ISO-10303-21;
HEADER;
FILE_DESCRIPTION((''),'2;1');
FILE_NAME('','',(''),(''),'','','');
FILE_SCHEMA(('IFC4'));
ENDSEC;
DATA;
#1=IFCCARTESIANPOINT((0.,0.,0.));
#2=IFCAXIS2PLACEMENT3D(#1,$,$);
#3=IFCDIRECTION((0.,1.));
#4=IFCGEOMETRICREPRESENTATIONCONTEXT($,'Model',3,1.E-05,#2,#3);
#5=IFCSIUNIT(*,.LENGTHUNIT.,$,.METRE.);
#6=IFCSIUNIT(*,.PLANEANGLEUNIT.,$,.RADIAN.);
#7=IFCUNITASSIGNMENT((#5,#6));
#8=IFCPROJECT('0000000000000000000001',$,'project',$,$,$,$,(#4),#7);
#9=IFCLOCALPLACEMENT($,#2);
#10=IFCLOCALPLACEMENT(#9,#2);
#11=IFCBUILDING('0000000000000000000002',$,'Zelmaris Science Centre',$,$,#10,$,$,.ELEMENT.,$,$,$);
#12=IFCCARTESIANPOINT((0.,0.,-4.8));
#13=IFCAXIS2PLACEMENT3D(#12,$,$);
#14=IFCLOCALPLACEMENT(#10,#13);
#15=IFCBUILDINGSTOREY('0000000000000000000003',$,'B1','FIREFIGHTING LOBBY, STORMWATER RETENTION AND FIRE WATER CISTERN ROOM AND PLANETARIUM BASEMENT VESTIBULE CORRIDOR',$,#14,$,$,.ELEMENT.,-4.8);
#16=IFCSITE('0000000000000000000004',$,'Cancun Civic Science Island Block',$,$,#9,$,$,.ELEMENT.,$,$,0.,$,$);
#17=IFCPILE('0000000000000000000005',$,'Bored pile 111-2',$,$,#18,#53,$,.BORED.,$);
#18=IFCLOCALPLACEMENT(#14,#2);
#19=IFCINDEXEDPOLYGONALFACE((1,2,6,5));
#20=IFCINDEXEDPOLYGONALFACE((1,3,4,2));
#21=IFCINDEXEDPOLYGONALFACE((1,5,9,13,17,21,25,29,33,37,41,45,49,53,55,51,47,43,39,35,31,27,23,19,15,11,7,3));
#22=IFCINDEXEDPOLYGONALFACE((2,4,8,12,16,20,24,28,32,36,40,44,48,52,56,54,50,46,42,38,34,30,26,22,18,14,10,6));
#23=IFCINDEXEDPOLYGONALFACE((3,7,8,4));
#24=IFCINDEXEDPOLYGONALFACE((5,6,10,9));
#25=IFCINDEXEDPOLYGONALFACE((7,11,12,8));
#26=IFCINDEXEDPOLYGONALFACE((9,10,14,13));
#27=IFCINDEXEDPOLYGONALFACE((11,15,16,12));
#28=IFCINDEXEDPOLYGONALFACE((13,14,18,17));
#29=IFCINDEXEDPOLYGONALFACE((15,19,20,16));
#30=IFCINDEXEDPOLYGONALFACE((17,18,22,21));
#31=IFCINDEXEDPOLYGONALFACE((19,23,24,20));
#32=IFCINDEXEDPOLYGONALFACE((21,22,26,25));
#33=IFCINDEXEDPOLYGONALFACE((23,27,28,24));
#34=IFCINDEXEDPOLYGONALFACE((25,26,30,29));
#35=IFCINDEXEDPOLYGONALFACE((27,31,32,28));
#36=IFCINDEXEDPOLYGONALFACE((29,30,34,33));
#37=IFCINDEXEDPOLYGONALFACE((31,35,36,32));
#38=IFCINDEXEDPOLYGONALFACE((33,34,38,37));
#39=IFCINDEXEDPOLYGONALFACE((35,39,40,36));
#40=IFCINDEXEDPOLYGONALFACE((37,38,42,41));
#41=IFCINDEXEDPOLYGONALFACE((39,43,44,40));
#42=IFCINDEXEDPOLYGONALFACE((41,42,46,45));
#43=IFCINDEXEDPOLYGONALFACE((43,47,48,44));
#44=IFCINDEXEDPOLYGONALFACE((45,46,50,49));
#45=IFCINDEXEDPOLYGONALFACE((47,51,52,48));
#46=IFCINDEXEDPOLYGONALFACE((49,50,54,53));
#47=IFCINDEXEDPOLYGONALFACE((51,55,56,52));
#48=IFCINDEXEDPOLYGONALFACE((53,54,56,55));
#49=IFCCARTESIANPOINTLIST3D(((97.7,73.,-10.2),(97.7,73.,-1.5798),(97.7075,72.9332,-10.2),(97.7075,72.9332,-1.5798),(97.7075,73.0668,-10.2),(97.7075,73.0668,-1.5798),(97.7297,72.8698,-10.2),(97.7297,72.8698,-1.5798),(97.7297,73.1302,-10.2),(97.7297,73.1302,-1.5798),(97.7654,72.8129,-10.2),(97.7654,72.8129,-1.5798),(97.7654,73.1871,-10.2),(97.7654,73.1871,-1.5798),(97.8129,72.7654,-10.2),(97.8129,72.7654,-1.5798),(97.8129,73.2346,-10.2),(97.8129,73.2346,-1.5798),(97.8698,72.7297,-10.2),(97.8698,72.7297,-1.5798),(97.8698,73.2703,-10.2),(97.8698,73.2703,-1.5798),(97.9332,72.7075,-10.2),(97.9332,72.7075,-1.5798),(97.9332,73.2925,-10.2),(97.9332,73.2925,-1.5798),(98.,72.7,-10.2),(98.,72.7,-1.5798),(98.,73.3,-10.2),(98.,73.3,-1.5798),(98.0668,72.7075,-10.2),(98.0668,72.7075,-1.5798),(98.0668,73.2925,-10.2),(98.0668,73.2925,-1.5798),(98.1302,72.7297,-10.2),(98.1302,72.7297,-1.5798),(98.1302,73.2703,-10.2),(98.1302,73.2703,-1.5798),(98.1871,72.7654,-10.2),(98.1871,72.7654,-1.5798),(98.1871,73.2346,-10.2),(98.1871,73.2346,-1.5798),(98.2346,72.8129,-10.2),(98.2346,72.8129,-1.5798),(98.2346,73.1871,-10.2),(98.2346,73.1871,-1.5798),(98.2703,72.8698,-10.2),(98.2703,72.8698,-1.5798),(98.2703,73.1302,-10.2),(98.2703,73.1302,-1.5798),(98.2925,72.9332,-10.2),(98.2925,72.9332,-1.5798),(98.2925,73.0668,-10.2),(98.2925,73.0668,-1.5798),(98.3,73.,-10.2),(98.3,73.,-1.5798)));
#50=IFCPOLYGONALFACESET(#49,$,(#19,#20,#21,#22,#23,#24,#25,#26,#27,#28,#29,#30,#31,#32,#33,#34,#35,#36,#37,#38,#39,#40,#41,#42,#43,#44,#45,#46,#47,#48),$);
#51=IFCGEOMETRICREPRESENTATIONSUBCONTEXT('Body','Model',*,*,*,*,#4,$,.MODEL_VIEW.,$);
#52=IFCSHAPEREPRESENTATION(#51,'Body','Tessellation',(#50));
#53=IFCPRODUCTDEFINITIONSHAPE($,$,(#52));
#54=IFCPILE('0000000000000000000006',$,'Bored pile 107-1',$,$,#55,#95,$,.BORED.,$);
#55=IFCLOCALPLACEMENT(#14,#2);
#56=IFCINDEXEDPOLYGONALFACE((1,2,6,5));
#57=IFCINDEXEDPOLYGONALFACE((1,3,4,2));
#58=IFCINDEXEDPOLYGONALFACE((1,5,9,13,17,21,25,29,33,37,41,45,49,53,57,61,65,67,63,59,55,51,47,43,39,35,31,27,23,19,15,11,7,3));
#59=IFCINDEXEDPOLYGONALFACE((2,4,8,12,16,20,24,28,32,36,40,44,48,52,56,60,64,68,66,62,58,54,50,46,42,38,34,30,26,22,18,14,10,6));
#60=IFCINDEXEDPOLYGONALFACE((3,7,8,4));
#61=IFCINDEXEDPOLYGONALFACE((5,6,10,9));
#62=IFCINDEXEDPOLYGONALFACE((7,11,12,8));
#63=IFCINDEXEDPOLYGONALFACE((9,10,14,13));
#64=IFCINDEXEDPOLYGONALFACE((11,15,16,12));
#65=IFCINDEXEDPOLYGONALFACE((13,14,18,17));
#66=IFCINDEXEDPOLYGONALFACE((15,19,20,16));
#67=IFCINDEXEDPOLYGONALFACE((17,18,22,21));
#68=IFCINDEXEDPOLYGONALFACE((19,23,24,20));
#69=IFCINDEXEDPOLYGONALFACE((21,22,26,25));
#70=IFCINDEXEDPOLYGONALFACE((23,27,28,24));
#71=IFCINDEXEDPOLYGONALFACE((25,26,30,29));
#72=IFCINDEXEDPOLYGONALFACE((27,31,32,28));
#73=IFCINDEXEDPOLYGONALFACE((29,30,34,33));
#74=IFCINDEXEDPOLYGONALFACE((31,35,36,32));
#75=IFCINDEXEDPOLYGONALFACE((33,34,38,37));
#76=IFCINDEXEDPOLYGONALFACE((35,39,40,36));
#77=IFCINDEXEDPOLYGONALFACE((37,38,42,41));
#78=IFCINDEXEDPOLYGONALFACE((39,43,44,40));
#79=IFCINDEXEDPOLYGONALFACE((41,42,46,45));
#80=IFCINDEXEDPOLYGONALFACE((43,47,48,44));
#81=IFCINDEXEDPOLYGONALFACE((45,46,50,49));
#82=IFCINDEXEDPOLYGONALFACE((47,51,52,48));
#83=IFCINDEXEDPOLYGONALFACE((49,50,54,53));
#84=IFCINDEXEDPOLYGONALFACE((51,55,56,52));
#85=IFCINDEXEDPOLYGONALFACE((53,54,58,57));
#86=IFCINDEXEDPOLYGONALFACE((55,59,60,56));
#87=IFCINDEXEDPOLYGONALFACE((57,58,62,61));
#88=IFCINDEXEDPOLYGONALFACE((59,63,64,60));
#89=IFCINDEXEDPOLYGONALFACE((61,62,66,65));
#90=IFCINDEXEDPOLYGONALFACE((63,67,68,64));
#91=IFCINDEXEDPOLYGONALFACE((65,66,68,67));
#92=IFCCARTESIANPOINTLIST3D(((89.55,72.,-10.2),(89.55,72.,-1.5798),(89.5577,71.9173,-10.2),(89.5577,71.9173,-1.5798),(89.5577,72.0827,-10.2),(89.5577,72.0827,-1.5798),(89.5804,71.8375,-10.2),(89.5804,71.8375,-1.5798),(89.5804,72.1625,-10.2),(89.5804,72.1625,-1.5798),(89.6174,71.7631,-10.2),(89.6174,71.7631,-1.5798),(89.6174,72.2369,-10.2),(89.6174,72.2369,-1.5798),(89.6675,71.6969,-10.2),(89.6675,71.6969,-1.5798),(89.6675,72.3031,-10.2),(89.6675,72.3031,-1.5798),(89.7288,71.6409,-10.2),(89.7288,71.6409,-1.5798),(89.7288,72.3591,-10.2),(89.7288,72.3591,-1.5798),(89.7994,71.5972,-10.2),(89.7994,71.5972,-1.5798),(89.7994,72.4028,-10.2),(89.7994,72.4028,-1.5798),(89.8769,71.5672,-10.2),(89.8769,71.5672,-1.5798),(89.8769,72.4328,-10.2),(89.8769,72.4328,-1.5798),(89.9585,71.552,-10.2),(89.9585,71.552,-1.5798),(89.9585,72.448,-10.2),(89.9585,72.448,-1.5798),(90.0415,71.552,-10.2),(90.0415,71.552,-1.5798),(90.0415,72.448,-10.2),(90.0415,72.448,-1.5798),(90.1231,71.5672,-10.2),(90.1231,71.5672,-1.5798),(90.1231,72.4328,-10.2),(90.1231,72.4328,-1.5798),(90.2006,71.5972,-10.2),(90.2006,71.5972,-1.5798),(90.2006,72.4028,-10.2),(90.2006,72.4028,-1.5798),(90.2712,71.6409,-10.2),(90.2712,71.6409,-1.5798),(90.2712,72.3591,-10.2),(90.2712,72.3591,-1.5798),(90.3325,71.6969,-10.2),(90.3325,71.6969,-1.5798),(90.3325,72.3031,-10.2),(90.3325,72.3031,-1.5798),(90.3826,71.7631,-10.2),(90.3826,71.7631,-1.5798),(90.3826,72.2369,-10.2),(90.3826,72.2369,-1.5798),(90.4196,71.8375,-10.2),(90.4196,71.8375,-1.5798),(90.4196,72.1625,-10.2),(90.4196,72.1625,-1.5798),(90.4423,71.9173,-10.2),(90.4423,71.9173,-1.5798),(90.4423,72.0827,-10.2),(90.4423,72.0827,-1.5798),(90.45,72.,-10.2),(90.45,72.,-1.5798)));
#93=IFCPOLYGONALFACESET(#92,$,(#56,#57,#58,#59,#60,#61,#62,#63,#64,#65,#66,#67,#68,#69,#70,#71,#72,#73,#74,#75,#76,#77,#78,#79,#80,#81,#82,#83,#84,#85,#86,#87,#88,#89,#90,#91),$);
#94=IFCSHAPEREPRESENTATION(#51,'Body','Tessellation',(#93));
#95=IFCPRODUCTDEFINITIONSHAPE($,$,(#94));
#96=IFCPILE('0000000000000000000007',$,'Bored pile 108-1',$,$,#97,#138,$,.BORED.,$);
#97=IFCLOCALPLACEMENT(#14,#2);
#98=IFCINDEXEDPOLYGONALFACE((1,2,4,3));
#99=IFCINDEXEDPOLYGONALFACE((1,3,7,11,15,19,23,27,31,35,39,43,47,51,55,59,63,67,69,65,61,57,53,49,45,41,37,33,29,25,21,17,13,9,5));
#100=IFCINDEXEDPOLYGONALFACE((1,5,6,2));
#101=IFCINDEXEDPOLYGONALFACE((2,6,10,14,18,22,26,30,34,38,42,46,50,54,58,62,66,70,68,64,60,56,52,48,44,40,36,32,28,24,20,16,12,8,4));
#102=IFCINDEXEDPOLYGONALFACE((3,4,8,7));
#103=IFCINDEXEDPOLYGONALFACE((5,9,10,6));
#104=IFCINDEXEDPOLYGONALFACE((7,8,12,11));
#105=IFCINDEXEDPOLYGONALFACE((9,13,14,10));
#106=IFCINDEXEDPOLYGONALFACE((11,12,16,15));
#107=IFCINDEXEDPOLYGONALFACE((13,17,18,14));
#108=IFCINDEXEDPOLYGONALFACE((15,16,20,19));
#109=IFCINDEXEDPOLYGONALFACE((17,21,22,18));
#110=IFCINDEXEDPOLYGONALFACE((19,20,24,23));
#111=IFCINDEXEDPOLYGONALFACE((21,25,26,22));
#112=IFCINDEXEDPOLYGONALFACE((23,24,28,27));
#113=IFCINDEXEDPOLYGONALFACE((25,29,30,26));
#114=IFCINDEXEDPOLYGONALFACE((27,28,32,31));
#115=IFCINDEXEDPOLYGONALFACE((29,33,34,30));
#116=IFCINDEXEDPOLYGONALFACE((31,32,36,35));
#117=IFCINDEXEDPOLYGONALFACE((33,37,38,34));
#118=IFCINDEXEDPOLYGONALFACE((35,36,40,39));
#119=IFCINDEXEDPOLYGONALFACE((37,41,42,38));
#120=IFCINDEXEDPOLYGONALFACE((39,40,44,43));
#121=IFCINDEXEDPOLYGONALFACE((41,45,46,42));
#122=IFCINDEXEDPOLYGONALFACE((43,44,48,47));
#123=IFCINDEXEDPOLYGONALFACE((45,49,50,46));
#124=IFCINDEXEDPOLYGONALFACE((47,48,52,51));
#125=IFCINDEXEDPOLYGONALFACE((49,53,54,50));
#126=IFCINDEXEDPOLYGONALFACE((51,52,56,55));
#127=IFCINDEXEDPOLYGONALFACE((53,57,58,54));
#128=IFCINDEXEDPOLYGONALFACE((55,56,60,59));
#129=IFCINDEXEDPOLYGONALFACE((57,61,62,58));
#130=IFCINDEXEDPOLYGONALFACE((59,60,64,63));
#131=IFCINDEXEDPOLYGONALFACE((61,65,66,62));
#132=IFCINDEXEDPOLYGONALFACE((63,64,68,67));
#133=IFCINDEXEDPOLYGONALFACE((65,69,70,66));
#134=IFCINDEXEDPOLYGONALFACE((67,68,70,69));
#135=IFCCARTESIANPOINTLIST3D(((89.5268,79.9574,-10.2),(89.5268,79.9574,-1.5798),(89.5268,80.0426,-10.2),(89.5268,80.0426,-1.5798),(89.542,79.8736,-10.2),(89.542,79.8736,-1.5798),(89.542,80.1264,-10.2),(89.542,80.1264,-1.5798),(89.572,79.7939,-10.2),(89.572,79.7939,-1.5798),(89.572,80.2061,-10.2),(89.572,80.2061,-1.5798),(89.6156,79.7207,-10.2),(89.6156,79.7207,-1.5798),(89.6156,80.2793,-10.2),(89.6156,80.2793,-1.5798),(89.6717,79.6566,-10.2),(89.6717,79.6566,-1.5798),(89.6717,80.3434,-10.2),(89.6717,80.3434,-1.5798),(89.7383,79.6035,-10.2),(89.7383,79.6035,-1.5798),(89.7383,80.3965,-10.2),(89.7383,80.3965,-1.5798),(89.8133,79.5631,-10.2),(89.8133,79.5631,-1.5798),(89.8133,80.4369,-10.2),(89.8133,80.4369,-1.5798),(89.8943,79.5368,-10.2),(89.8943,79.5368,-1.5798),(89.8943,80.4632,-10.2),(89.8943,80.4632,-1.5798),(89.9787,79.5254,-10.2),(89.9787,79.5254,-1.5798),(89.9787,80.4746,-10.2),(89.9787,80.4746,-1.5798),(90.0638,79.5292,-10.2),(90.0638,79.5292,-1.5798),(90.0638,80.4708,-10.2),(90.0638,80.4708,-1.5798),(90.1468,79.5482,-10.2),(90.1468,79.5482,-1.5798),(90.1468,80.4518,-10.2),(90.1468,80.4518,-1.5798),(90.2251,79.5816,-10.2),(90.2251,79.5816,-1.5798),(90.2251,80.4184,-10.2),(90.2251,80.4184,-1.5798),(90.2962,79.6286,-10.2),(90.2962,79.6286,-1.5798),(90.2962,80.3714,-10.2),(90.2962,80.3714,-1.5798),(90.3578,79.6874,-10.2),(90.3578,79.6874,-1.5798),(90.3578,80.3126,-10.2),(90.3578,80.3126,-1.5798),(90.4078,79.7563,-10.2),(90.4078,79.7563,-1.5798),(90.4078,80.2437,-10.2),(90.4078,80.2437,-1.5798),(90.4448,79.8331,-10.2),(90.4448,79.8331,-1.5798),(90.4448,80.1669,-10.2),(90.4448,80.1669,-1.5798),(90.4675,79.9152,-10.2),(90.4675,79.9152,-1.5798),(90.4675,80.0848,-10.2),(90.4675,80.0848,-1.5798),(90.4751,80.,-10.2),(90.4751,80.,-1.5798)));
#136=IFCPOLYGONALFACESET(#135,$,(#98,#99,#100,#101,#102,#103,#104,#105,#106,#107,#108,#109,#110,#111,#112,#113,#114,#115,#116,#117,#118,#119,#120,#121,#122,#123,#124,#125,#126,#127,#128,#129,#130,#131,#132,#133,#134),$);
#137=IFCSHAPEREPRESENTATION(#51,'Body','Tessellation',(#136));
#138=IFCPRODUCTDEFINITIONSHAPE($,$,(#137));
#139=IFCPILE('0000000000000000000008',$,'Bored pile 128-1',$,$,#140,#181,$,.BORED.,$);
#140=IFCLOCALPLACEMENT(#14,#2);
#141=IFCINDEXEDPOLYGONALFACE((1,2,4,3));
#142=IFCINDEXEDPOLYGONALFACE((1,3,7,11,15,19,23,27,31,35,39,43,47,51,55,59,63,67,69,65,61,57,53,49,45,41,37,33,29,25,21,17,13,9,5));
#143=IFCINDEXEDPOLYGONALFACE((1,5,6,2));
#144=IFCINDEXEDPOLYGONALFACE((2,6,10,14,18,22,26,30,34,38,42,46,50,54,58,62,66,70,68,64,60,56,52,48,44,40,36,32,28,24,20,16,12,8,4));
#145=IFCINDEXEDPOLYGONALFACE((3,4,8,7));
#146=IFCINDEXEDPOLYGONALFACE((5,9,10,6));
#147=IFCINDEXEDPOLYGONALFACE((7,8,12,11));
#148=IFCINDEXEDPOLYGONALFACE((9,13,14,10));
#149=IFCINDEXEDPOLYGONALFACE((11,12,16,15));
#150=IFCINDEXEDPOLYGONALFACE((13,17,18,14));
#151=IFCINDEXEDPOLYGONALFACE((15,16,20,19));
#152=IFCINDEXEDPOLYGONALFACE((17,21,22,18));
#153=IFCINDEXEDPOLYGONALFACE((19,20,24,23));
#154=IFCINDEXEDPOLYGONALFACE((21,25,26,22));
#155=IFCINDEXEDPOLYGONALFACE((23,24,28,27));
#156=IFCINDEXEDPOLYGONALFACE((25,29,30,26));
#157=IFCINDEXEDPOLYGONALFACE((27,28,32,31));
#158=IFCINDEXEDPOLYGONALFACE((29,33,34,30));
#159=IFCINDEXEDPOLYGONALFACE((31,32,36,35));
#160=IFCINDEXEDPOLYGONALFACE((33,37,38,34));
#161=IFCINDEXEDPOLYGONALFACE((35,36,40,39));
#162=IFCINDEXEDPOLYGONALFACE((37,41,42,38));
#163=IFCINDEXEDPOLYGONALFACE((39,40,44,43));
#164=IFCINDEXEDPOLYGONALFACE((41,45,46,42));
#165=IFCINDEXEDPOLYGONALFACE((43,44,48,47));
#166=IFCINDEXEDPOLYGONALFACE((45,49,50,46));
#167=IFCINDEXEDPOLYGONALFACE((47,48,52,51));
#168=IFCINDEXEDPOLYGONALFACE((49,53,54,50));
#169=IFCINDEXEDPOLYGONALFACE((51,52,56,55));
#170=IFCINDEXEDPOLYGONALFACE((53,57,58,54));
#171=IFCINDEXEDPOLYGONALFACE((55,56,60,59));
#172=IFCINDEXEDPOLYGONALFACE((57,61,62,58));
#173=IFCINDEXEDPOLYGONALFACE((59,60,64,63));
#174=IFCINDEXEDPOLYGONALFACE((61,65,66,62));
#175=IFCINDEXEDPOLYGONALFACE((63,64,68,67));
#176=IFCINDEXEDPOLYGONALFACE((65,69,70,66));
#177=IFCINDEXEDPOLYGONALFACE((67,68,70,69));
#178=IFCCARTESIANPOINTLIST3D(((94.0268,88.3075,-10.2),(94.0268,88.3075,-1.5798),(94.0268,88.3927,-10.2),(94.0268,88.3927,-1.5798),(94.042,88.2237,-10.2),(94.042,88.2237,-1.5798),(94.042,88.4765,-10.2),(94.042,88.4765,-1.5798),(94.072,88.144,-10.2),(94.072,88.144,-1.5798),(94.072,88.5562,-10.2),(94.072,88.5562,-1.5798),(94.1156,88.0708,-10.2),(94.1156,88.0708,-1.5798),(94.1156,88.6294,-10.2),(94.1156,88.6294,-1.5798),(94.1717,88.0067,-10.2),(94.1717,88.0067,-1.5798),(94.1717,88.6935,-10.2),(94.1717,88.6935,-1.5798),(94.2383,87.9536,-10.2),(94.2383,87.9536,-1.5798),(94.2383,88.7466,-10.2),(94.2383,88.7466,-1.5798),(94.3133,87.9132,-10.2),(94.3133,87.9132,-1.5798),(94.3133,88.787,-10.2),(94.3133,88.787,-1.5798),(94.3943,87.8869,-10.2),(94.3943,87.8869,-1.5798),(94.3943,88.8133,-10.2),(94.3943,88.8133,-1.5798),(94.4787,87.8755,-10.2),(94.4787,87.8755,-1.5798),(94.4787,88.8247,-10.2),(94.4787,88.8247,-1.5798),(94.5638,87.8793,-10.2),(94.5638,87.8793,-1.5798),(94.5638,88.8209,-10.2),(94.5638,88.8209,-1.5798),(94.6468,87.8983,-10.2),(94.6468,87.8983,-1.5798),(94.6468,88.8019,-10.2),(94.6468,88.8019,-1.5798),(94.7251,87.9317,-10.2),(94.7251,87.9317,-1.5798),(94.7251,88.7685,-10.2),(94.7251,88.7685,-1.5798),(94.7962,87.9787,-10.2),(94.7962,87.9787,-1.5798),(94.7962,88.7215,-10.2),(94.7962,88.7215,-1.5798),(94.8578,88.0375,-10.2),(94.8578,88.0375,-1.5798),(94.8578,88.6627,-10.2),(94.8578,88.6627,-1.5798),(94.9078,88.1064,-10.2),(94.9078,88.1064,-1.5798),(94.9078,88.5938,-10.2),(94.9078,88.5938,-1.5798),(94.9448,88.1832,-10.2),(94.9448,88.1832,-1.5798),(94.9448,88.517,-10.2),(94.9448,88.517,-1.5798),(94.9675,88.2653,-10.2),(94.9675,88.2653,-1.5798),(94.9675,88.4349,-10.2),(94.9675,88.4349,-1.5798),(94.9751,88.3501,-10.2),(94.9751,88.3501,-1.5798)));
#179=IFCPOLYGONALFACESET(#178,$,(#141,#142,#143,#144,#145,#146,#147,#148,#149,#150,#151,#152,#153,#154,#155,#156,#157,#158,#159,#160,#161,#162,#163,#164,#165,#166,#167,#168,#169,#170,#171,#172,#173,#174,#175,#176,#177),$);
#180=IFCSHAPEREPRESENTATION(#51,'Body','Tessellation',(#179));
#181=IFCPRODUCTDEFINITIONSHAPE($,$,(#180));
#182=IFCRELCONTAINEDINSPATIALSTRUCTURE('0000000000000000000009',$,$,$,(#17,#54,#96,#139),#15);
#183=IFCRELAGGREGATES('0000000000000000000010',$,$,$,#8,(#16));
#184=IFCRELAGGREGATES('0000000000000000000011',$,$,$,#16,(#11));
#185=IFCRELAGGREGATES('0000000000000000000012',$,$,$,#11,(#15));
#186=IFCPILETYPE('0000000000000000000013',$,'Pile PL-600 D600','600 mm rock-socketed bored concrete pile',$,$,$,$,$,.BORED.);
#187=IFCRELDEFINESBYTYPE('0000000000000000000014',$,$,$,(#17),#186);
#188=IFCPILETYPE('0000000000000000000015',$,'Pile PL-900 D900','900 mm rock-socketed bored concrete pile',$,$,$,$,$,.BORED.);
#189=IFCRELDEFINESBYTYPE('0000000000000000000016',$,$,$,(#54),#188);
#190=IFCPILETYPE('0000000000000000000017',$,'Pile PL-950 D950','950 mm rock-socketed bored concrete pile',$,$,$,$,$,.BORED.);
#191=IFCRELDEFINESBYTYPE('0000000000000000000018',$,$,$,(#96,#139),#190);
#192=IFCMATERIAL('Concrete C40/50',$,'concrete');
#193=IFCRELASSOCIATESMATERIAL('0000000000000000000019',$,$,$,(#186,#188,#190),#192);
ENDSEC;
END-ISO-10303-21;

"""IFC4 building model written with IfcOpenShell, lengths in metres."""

from ifc_helpers import new_model, si_unit, direction, frame, origin, origin_2d, place, context, subcontext, project, spatial, circle, extrude, material, material_profile, profile_set, type_object, element, save


model = new_model("IFC4")

# Units and contexts
model_context = context("Model", 3, precision=1e-05, world=origin(), true_north=direction((0.0, 1.0)))
body_context = subcontext(model_context, "Body", "Model", "MODEL_VIEW")
ifc_project = project(units=[si_unit("LENGTHUNIT", "METRE"), si_unit("PLANEANGLEUNIT", "RADIAN")], contexts=[model_context])

# Site, building, storey
site_placement = place(None, origin())
site = spatial("IfcSite", under=ifc_project, at=site_placement, Name="Cancun Civic Science Island Block", CompositionType="ELEMENT", RefElevation=0.0)
building_placement = place(site_placement, origin())
building = spatial("IfcBuilding", under=site, at=building_placement, Name="Zelmaris Science Centre", CompositionType="ELEMENT")
storey_placement = place(building_placement, frame((0.0, 0.0, -4.8)))
storey = spatial("IfcBuildingStorey", under=building, at=storey_placement, Name="B1", Description="FIREFIGHTING LOBBY, STORMWATER RETENTION AND FIRE WATER CISTERN ROOM AND PLANETARIUM BASEMENT VESTIBULE CORRIDOR", CompositionType="ELEMENT", Elevation=-4.8)

# Shared definitions
ifc_material_1 = material(Name="Concrete C40/50", Category="concrete")

# Piles
ifc_material_profile_1 = material_profile(ifc_material_1, circle(Radius=0.3, at=origin_2d()), Name="PILE-600")
ifc_profile_set_1 = profile_set([ifc_material_profile_1], Name="Concrete C40/50")
pile_type_1 = type_object("IfcPileType", Name="Pile PL-600 D600", Description="600 mm rock-socketed bored concrete pile", PredefinedType="BORED", material=ifc_profile_set_1)
for number, where, z_axis, x_axis, name in (
    (1, (98.0, 73.0, -1.5798), (0.0, 0.0, -1.0), (1.0, 0.0, 0.0), "Bored pile 111-2"),
):
    element("IfcPile", number, at=place(storey_placement, frame(where, z_axis=z_axis, x_axis=x_axis)), inside=storey, type_object=pile_type_1, Name=name, PredefinedType="BORED", context=body_context, shape_type="SweptSolid", body=[
        extrude(circle(Radius=0.3, at=origin_2d()), origin(), (0.0, 0.0, 1.0), 8.6201),
    ])
ifc_material_profile_2 = material_profile(ifc_material_1, circle(Radius=0.45, at=origin_2d()), Name="PILE-900")
ifc_profile_set_2 = profile_set([ifc_material_profile_2], Name="Concrete C40/50")
pile_type_2 = type_object("IfcPileType", Name="Pile PL-900 D900", Description="900 mm rock-socketed bored concrete pile", PredefinedType="BORED", material=ifc_profile_set_2)
pile_1_placement = place(storey_placement, frame((90.0, 72.0, -1.5798), z_axis=(0.0, 0.0, -1.0), x_axis=(1.0, 0.0, 0.0)))
element("IfcPile", 2, at=pile_1_placement, inside=storey, type_object=pile_type_2, Name="Bored pile 107-1", PredefinedType="BORED", context=body_context, shape_type="SweptSolid", body=[
    extrude(circle(Radius=0.45, at=origin_2d()), origin(), (0.0, 0.0, 1.0), 8.6201),
])
ifc_material_profile_3 = material_profile(ifc_material_1, circle(Radius=0.4751, at=origin_2d()), Name="PILE-950")
ifc_profile_set_3 = profile_set([ifc_material_profile_3], Name="Concrete C40/50")
pile_type_3 = type_object("IfcPileType", Name="Pile PL-950 D950", Description="950 mm rock-socketed bored concrete pile", PredefinedType="BORED", material=ifc_profile_set_3)
for number, where, z_axis, x_axis, name in (
    (3, (90.0, 80.0, -1.5798), (0.0, 0.0, -1.0), (1.0, 0.0, 0.0), "Bored pile 108-1"),
    (4, (94.5, 88.3501, -1.5798), (0.0, 0.0, -1.0), (1.0, 0.0, 0.0), "Bored pile 128-1"),
):
    element("IfcPile", number, at=place(storey_placement, frame(where, z_axis=z_axis, x_axis=x_axis)), inside=storey, type_object=pile_type_3, Name=name, PredefinedType="BORED", context=body_context, shape_type="SweptSolid", body=[
        extrude(circle(Radius=0.4751, at=origin_2d()), origin(), (0.0, 0.0, 1.0), 8.6201),
    ])

save(model, "model.ifc")
